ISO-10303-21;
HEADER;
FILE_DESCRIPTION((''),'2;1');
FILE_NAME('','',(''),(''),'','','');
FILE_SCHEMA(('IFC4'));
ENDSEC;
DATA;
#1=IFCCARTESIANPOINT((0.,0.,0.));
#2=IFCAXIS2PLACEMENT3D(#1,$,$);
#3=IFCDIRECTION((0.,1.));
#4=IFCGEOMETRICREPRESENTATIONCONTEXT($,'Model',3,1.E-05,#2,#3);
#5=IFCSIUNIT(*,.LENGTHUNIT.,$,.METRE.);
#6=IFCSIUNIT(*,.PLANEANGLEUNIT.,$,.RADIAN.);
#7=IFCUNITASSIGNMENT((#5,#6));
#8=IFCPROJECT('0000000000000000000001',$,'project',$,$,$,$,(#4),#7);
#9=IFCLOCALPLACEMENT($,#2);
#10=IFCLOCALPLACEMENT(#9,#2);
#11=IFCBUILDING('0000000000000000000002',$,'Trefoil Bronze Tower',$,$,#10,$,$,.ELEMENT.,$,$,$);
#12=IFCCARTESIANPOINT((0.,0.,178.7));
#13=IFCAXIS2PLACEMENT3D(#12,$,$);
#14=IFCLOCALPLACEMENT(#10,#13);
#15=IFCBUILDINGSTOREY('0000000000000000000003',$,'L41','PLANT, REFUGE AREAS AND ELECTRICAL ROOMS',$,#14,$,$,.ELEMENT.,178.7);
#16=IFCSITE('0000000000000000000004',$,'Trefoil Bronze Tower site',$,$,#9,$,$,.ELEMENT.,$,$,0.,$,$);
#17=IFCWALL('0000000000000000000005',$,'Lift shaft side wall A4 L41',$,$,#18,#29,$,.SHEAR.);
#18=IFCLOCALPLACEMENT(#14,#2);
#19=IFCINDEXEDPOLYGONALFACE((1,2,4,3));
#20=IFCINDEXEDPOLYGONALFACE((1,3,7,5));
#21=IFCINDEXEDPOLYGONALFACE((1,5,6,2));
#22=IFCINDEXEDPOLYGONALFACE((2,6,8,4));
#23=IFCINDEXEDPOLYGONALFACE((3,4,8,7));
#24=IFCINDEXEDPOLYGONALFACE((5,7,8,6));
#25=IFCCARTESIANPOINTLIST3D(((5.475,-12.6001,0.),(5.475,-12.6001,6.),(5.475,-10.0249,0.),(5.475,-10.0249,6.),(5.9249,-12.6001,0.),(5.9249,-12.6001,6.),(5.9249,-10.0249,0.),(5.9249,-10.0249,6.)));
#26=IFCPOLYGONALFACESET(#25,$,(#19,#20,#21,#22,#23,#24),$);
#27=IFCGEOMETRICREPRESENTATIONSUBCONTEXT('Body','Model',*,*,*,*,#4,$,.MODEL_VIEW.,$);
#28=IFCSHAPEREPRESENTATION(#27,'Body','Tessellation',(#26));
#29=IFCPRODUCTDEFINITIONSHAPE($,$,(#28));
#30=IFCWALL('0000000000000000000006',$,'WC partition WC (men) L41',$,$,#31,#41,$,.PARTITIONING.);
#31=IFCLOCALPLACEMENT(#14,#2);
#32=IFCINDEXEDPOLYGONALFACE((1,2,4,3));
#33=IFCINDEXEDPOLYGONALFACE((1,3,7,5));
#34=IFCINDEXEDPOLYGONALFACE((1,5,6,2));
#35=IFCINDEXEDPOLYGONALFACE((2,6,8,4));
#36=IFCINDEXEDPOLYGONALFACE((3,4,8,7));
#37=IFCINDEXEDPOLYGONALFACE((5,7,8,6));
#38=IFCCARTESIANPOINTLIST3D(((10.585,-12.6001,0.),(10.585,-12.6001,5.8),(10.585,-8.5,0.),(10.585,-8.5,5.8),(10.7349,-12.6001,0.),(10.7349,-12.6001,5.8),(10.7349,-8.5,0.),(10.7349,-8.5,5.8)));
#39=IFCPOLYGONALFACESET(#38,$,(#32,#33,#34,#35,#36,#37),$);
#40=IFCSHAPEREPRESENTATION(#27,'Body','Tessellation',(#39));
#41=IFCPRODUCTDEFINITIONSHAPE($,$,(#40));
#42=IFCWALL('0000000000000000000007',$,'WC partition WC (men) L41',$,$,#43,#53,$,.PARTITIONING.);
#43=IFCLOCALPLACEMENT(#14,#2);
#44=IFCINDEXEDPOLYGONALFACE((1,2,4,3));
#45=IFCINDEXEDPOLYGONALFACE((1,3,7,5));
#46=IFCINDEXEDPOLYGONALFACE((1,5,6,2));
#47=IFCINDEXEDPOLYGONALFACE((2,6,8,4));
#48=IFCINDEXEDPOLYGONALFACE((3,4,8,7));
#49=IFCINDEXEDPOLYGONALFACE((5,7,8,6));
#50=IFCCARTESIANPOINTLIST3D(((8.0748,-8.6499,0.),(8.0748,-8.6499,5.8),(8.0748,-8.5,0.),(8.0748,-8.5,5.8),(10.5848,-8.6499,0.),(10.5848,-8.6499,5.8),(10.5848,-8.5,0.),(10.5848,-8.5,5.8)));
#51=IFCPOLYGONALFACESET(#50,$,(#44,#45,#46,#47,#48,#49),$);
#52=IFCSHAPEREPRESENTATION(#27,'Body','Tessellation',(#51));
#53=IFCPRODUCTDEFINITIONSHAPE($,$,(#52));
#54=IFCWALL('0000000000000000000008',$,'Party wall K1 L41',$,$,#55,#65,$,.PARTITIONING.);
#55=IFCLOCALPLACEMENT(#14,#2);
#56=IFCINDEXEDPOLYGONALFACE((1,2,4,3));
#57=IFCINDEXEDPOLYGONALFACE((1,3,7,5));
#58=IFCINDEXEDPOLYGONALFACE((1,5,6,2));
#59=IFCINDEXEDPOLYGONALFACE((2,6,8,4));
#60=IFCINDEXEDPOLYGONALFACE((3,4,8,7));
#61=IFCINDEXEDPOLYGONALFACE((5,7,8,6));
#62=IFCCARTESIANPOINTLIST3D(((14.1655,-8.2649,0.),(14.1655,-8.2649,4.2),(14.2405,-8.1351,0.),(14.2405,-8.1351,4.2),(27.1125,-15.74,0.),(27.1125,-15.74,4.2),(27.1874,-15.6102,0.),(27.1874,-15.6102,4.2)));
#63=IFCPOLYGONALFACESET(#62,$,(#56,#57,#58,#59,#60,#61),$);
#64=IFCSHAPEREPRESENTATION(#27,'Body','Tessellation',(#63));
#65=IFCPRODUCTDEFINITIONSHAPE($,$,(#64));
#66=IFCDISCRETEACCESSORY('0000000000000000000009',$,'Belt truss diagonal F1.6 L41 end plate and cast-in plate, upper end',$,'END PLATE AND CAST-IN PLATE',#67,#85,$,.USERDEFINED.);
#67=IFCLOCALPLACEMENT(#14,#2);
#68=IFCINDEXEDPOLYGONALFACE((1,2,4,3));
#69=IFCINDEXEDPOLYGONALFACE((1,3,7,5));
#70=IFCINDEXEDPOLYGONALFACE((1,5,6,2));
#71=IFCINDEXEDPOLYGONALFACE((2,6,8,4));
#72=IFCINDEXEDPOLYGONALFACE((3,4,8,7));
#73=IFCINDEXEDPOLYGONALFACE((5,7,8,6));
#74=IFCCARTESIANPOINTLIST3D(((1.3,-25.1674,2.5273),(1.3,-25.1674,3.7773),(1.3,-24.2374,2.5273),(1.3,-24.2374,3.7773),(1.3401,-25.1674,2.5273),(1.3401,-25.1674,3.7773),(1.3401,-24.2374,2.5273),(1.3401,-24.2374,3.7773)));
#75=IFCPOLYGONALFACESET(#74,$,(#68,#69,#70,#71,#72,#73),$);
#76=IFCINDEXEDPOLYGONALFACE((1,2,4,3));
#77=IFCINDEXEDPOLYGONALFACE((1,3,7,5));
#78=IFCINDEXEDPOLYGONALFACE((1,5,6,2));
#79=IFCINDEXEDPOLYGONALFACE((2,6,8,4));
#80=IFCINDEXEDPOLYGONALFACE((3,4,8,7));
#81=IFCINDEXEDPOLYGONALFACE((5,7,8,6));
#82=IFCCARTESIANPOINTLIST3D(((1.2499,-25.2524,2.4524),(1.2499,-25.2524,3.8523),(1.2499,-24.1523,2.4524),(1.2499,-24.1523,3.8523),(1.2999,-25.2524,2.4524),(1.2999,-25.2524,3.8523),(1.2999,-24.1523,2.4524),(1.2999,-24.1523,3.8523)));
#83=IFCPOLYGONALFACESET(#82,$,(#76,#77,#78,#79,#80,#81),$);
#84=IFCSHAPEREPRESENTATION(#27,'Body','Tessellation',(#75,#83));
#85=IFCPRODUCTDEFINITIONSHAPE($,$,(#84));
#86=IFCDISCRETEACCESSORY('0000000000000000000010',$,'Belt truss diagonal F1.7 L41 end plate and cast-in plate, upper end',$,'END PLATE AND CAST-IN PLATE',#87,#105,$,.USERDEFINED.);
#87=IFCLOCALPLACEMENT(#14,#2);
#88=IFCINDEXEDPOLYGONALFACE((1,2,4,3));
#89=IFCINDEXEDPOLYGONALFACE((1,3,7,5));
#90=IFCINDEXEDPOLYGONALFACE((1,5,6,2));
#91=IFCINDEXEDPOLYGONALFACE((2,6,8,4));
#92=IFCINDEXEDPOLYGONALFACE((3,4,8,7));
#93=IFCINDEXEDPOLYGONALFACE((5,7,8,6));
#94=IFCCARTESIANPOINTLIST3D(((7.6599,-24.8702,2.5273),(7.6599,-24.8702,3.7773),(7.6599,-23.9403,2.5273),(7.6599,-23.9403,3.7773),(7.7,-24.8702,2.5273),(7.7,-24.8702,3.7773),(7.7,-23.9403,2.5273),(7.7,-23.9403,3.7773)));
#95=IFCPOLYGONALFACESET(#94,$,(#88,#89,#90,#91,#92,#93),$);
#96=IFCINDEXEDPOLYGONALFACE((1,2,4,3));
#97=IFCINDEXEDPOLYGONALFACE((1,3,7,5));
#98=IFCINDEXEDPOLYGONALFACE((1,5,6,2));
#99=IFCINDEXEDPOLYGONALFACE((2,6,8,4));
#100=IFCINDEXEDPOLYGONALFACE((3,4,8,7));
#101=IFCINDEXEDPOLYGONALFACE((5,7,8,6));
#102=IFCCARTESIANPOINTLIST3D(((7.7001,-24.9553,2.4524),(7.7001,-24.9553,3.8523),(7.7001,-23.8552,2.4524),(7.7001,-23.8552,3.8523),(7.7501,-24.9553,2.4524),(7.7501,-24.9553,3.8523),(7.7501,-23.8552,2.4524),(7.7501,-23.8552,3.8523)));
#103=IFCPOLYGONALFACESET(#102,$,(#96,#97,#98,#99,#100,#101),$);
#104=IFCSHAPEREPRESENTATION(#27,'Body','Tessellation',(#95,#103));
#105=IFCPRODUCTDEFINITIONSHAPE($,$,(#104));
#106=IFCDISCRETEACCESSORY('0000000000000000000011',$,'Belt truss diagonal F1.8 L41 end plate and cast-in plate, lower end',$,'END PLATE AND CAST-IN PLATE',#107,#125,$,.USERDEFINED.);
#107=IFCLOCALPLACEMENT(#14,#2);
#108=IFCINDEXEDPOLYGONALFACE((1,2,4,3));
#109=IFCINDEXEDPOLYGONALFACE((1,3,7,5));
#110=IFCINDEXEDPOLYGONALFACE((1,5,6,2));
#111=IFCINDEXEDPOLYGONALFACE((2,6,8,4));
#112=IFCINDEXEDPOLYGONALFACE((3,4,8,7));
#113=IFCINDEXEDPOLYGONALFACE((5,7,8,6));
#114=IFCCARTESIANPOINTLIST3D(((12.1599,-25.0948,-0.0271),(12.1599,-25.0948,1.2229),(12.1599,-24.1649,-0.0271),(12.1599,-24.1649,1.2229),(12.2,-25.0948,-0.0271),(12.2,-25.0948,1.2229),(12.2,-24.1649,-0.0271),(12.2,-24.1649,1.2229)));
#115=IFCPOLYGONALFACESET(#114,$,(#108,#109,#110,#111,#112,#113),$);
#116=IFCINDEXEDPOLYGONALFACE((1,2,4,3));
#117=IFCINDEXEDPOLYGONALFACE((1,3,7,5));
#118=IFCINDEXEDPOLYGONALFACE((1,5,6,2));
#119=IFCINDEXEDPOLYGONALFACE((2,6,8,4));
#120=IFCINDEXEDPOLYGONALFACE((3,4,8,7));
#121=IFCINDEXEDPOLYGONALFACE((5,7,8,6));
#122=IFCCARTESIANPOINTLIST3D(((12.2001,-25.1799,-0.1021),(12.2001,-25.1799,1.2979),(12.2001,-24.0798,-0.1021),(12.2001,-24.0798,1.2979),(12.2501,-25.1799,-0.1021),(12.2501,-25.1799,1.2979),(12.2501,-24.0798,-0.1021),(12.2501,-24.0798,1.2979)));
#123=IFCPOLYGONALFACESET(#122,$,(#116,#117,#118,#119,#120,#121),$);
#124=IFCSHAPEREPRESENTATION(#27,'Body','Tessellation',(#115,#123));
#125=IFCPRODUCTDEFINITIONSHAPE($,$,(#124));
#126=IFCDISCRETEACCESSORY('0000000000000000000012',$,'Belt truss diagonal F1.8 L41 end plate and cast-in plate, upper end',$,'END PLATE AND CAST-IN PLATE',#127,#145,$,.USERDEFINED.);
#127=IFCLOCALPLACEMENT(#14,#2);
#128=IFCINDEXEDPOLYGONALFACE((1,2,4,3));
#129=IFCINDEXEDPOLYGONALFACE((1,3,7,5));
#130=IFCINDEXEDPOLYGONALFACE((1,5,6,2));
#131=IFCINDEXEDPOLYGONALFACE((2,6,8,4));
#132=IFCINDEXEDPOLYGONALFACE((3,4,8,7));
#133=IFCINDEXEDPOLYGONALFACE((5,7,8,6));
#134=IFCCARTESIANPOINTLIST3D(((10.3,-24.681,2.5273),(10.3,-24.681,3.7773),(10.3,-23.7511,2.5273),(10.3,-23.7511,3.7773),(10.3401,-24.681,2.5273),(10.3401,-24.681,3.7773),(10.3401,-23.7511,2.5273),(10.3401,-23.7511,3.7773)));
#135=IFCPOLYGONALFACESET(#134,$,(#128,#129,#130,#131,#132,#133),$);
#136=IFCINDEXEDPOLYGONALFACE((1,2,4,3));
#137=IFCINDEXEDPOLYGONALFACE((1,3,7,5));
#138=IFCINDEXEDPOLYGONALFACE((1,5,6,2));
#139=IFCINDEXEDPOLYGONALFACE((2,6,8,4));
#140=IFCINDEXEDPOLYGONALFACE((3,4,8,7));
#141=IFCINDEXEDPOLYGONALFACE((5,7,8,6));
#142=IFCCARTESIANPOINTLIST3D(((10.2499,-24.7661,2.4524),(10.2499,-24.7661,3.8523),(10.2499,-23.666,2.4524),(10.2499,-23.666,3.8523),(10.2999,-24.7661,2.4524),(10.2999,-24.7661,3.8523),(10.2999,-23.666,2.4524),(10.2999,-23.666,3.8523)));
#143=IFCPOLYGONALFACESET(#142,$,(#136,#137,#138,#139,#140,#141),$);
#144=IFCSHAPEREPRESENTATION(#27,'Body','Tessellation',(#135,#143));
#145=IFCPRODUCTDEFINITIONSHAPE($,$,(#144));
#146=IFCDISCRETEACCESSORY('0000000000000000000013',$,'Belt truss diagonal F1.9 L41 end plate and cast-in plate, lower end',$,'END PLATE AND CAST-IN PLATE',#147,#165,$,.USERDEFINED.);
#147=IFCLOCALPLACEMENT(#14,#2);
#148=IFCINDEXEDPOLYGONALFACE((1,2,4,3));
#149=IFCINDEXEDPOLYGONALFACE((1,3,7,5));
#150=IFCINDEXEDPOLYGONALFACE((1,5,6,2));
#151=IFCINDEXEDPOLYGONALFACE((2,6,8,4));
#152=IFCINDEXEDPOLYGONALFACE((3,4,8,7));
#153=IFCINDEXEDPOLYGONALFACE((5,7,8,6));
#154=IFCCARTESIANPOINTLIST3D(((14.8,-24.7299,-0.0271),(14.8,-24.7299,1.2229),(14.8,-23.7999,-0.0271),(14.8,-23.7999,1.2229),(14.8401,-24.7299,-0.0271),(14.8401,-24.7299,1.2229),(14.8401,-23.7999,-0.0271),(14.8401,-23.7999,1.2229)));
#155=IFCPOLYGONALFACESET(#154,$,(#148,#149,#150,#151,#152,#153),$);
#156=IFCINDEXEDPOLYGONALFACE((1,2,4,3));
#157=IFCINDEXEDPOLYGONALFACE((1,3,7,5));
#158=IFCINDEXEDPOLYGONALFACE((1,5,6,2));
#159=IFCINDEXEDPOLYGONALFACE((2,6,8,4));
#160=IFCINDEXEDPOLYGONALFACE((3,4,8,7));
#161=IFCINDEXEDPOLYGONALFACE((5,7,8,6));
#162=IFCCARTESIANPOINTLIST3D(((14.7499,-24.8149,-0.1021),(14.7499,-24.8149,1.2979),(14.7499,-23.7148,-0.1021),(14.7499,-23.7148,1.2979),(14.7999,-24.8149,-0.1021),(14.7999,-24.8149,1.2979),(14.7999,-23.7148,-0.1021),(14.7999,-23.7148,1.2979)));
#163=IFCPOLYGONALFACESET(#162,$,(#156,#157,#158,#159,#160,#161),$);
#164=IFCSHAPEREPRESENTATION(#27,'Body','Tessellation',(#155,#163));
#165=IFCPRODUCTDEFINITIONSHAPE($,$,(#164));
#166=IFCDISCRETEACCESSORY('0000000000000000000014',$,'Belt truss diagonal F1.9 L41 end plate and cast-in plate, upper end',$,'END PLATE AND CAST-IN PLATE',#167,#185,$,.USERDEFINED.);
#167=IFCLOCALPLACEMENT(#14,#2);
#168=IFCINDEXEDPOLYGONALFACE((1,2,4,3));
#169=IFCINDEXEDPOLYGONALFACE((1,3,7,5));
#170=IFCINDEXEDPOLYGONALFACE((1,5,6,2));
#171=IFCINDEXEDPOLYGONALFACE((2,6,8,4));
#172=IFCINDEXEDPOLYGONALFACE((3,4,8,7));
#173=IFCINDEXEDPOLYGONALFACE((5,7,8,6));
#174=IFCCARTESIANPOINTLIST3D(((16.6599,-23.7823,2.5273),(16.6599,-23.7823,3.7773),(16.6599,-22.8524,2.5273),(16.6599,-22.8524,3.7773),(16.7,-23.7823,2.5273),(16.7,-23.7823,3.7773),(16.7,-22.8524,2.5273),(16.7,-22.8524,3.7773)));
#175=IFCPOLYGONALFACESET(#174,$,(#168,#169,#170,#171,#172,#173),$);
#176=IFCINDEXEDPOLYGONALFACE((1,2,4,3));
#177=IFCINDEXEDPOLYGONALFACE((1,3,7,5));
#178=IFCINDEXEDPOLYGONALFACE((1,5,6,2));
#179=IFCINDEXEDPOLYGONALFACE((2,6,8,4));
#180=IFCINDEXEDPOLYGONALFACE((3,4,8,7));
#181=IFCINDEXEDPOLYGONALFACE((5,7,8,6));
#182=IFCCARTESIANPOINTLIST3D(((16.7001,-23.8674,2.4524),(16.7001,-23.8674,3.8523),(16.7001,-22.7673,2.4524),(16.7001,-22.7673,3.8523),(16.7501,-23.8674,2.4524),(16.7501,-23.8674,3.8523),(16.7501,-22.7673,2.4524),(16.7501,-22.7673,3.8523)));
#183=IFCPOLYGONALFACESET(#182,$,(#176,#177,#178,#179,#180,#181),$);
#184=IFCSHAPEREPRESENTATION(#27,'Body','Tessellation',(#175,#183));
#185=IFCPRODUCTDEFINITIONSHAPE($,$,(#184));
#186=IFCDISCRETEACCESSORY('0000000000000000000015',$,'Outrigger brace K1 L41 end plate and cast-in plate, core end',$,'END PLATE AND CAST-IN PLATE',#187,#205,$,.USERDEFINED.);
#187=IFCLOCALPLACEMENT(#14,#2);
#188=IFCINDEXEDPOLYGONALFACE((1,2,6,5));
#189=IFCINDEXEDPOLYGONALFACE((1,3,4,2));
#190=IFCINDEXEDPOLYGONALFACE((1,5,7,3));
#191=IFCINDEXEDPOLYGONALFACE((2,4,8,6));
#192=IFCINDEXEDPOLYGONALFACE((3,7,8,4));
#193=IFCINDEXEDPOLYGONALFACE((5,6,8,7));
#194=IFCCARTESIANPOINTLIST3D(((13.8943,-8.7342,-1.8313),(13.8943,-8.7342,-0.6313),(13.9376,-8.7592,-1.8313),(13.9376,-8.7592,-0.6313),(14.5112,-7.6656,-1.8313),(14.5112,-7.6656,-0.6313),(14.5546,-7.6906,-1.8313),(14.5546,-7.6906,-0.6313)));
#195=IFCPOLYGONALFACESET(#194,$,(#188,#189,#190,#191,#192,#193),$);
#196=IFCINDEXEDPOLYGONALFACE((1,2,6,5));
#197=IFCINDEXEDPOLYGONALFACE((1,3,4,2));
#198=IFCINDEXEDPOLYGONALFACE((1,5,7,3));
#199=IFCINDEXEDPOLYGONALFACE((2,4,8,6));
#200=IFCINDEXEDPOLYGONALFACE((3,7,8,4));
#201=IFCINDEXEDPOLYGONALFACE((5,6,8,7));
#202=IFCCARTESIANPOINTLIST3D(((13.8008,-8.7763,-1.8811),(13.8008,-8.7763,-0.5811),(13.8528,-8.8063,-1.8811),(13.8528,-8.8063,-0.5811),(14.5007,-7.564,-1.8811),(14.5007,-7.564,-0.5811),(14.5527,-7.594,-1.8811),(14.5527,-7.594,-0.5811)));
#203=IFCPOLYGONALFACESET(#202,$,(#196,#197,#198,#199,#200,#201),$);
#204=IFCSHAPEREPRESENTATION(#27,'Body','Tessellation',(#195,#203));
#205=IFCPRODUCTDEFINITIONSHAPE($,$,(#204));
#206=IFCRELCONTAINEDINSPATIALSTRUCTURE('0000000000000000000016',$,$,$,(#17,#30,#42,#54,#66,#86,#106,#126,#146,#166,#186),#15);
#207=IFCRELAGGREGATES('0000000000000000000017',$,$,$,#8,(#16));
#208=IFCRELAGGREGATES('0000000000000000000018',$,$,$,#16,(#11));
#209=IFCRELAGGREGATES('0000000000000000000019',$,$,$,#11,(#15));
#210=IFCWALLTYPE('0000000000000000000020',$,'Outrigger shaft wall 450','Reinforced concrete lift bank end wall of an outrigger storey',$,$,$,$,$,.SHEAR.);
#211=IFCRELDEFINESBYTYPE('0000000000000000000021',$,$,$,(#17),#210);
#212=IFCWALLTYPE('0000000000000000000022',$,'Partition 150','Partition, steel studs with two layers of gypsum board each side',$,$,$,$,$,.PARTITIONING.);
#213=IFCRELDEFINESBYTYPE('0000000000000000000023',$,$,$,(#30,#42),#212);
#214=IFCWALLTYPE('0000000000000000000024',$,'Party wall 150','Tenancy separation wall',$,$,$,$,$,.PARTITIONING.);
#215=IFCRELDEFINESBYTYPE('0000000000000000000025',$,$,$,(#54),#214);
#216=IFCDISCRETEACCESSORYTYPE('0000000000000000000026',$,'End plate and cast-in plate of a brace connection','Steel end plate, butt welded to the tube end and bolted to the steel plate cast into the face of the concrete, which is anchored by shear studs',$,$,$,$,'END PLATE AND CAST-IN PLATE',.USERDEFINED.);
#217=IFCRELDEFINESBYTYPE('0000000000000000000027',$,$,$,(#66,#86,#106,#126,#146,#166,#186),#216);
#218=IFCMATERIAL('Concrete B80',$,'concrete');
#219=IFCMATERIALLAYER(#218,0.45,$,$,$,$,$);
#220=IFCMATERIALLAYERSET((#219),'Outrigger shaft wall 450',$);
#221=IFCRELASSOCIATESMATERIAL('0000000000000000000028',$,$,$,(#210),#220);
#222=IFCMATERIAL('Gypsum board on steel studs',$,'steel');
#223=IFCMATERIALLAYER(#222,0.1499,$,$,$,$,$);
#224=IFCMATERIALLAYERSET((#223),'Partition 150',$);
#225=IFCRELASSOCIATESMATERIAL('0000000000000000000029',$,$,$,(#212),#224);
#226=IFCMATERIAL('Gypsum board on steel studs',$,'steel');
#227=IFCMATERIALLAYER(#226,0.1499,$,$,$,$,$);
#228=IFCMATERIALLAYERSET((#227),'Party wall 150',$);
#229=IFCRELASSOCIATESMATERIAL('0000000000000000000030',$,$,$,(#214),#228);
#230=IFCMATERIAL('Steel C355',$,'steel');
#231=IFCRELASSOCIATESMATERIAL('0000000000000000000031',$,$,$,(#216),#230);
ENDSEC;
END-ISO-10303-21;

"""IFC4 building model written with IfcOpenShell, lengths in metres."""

from ifc_helpers import new_model, si_unit, direction, frame, frame_2d, origin, origin_2d, place, context, subcontext, project, spatial, rectangle, extrude, material, layer, layer_set, type_object, element, save


model = new_model("IFC4")

# Units and contexts
model_context = context("Model", 3, precision=1e-05, world=origin(), true_north=direction((0.0, 1.0)))
body_context = subcontext(model_context, "Body", "Model", "MODEL_VIEW")
ifc_project = project(units=[si_unit("LENGTHUNIT", "METRE"), si_unit("PLANEANGLEUNIT", "RADIAN")], contexts=[model_context])

# Site, building, storey
site_placement = place(None, origin())
site = spatial("IfcSite", under=ifc_project, at=site_placement, Name="Trefoil Bronze Tower site", CompositionType="ELEMENT", RefElevation=0.0)
building_placement = place(site_placement, origin())
building = spatial("IfcBuilding", under=site, at=building_placement, Name="Trefoil Bronze Tower", CompositionType="ELEMENT")
storey_placement = place(building_placement, frame((0.0, 0.0, 178.7)))
storey = spatial("IfcBuildingStorey", under=building, at=storey_placement, Name="L41", Description="PLANT, REFUGE AREAS AND ELECTRICAL ROOMS", CompositionType="ELEMENT", Elevation=178.7)

# Walls
ifc_material_1 = material(Name="Concrete B80", Category="concrete")
ifc_layer_1 = layer(ifc_material_1, 0.45)
ifc_layer_set_1 = layer_set([ifc_layer_1], Name="Outrigger shaft wall 450")
wall_type_1 = type_object("IfcWallType", Name="Outrigger shaft wall 450", Description="Reinforced concrete lift bank end wall of an outrigger storey", PredefinedType="SHEAR", material=ifc_layer_set_1)
for number, where, z_axis, x_axis, name in (
    (1, (5.7, -10.0249, 0.0), (0.0, 0.0, 1.0), (0.0, -1.0, 0.0), "Lift shaft side wall A4 L41"),
):
    element("IfcWall", number, at=place(storey_placement, frame(where, z_axis=z_axis, x_axis=x_axis)), inside=storey, type_object=wall_type_1, Name=name, PredefinedType="SHEAR", context=body_context, shape_type="SweptSolid", body=[
        extrude(rectangle(XDim=2.5752, YDim=0.45, at=frame_2d((1.2876, 0.0))), origin(), (0.0, 0.0, 1.0), 6.0),
    ])
ifc_material_2 = material(Name="Gypsum board on steel studs", Category="steel")
ifc_layer_2 = layer(ifc_material_2, 0.1499)
ifc_layer_set_2 = layer_set([ifc_layer_2], Name="Partition 150")
wall_type_2 = type_object("IfcWallType", Name="Partition 150", Description="Partition, steel studs with two layers of gypsum board each side", PredefinedType="PARTITIONING", material=ifc_layer_set_2)
wall_1_placement = place(storey_placement, frame((10.6599, -8.5, 0.0), z_axis=(0.0, 0.0, 1.0), x_axis=(0.0, -1.0, 0.0)))
element("IfcWall", 2, at=wall_1_placement, inside=storey, type_object=wall_type_2, Name="WC partition WC (men) L41", PredefinedType="PARTITIONING", context=body_context, shape_type="SweptSolid", body=[
    extrude(rectangle(XDim=4.1001, YDim=0.1499, at=frame_2d((2.05, 0.0))), origin(), (0.0, 0.0, 1.0), 5.8),
])
wall_2_placement = place(storey_placement, frame((8.075, -8.575, 0.0), z_axis=(0.0, 0.0, 1.0), x_axis=(1.0, 0.0, 0.0)))
element("IfcWall", 3, at=wall_2_placement, inside=storey, type_object=wall_type_2, Name="WC partition WC (men) L41", PredefinedType="PARTITIONING", context=body_context, shape_type="SweptSolid", body=[
    extrude(rectangle(XDim=2.51, YDim=0.1499, at=frame_2d((1.2549, 0.0))), origin(), (0.0, 0.0, 1.0), 5.8),
])
ifc_material_3 = material(Name="Gypsum board on steel studs", Category="steel")
ifc_layer_3 = layer(ifc_material_3, 0.1499)
ifc_layer_set_3 = layer_set([ifc_layer_3], Name="Party wall 150")
wall_type_3 = type_object("IfcWallType", Name="Party wall 150", Description="Tenancy separation wall", PredefinedType="PARTITIONING", material=ifc_layer_set_3)
wall_3_placement = place(storey_placement, frame((14.2029, -8.2, 0.0), z_axis=(0.0, 0.0, 1.0), x_axis=(0.866022, -0.500007, 0.0)))
element("IfcWall", 4, at=wall_3_placement, inside=storey, type_object=wall_type_3, Name="Party wall K1 L41", PredefinedType="PARTITIONING", context=body_context, shape_type="SweptSolid", body=[
    extrude(rectangle(XDim=14.95, YDim=0.1499, at=frame_2d((7.4751, 0.0))), origin(), (0.0, 0.0, 1.0), 4.2),
])

# Discrete accessories
ifc_material_4 = material(Name="Steel C355", Category="steel")
discrete_accessory_type = type_object("IfcDiscreteAccessoryType", Name="End plate and cast-in plate of a brace connection", Description="Steel end plate, butt welded to the tube end and bolted to the steel plate cast into the face of the concrete, which is anchored by shear studs", ElementType="END PLATE AND CAST-IN PLATE", PredefinedType="USERDEFINED", material=ifc_material_4)
for number, where, z_axis, x_axis, name in (
    (5, (1.3, -24.7024, 3.1523), (0.0, 0.0, 1.0), (1.0, 0.0, 0.0), "Belt truss diagonal F1.6 L41 end plate and cast-in plate, upper end"),
    (6, (7.7, -24.4053, 3.1523), (0.0, 0.0, 1.0), (-1.0, 0.0, 0.0), "Belt truss diagonal F1.7 L41 end plate and cast-in plate, upper end"),
    (7, (12.2, -24.6299, 0.5979), (0.0, 0.0, 1.0), (-1.0, 0.0, 0.0), "Belt truss diagonal F1.8 L41 end plate and cast-in plate, lower end"),
    (8, (10.3, -24.2161, 3.1523), (0.0, 0.0, 1.0), (1.0, 0.0, 0.0), "Belt truss diagonal F1.8 L41 end plate and cast-in plate, upper end"),
    (9, (14.8, -24.2649, 0.5979), (0.0, 0.0, 1.0), (1.0, 0.0, 0.0), "Belt truss diagonal F1.9 L41 end plate and cast-in plate, lower end"),
    (10, (16.7, -23.3174, 3.1523), (0.0, 0.0, 1.0), (-1.0, 0.0, 0.0), "Belt truss diagonal F1.9 L41 end plate and cast-in plate, upper end"),
):
    element("IfcDiscreteAccessory", number, at=place(storey_placement, frame(where, z_axis=z_axis, x_axis=x_axis)), inside=storey, type_object=discrete_accessory_type, Name=name, ObjectType="END PLATE AND CAST-IN PLATE", PredefinedType="USERDEFINED", context=body_context, shape_type="SweptSolid", body=[
        extrude(rectangle(XDim=0.04, YDim=0.9299, at=origin_2d()), frame((0.02, 0.0, -0.625)), (0.0, 0.0, 1.0), 1.25),
        extrude(rectangle(XDim=0.05, YDim=1.1001, at=origin_2d()), frame((-0.0251, 0.0, -0.7)), (0.0, 0.0, 1.0), 1.3999),
    ])
discrete_accessory_placement = place(storey_placement, frame((14.2029, -8.2, -1.2312), z_axis=(0.0, 0.0, 1.0), x_axis=(0.866025, -0.5, 0.0)))
element("IfcDiscreteAccessory", 11, at=discrete_accessory_placement, inside=storey, type_object=discrete_accessory_type, Name="Outrigger brace K1 L41 end plate and cast-in plate, core end", ObjectType="END PLATE AND CAST-IN PLATE", PredefinedType="USERDEFINED", context=body_context, shape_type="SweptSolid", body=[
    extrude(rectangle(XDim=0.05, YDim=1.2339, at=origin_2d()), frame((0.0249, 0.0, -0.6001)), (0.0, 0.0, 1.0), 1.2),
    extrude(rectangle(XDim=0.0601, YDim=1.3999, at=origin_2d()), frame((-0.03, -0.0002, -0.6499)), (0.0, 0.0, 1.0), 1.3),
])

save(model, "model.ifc")
